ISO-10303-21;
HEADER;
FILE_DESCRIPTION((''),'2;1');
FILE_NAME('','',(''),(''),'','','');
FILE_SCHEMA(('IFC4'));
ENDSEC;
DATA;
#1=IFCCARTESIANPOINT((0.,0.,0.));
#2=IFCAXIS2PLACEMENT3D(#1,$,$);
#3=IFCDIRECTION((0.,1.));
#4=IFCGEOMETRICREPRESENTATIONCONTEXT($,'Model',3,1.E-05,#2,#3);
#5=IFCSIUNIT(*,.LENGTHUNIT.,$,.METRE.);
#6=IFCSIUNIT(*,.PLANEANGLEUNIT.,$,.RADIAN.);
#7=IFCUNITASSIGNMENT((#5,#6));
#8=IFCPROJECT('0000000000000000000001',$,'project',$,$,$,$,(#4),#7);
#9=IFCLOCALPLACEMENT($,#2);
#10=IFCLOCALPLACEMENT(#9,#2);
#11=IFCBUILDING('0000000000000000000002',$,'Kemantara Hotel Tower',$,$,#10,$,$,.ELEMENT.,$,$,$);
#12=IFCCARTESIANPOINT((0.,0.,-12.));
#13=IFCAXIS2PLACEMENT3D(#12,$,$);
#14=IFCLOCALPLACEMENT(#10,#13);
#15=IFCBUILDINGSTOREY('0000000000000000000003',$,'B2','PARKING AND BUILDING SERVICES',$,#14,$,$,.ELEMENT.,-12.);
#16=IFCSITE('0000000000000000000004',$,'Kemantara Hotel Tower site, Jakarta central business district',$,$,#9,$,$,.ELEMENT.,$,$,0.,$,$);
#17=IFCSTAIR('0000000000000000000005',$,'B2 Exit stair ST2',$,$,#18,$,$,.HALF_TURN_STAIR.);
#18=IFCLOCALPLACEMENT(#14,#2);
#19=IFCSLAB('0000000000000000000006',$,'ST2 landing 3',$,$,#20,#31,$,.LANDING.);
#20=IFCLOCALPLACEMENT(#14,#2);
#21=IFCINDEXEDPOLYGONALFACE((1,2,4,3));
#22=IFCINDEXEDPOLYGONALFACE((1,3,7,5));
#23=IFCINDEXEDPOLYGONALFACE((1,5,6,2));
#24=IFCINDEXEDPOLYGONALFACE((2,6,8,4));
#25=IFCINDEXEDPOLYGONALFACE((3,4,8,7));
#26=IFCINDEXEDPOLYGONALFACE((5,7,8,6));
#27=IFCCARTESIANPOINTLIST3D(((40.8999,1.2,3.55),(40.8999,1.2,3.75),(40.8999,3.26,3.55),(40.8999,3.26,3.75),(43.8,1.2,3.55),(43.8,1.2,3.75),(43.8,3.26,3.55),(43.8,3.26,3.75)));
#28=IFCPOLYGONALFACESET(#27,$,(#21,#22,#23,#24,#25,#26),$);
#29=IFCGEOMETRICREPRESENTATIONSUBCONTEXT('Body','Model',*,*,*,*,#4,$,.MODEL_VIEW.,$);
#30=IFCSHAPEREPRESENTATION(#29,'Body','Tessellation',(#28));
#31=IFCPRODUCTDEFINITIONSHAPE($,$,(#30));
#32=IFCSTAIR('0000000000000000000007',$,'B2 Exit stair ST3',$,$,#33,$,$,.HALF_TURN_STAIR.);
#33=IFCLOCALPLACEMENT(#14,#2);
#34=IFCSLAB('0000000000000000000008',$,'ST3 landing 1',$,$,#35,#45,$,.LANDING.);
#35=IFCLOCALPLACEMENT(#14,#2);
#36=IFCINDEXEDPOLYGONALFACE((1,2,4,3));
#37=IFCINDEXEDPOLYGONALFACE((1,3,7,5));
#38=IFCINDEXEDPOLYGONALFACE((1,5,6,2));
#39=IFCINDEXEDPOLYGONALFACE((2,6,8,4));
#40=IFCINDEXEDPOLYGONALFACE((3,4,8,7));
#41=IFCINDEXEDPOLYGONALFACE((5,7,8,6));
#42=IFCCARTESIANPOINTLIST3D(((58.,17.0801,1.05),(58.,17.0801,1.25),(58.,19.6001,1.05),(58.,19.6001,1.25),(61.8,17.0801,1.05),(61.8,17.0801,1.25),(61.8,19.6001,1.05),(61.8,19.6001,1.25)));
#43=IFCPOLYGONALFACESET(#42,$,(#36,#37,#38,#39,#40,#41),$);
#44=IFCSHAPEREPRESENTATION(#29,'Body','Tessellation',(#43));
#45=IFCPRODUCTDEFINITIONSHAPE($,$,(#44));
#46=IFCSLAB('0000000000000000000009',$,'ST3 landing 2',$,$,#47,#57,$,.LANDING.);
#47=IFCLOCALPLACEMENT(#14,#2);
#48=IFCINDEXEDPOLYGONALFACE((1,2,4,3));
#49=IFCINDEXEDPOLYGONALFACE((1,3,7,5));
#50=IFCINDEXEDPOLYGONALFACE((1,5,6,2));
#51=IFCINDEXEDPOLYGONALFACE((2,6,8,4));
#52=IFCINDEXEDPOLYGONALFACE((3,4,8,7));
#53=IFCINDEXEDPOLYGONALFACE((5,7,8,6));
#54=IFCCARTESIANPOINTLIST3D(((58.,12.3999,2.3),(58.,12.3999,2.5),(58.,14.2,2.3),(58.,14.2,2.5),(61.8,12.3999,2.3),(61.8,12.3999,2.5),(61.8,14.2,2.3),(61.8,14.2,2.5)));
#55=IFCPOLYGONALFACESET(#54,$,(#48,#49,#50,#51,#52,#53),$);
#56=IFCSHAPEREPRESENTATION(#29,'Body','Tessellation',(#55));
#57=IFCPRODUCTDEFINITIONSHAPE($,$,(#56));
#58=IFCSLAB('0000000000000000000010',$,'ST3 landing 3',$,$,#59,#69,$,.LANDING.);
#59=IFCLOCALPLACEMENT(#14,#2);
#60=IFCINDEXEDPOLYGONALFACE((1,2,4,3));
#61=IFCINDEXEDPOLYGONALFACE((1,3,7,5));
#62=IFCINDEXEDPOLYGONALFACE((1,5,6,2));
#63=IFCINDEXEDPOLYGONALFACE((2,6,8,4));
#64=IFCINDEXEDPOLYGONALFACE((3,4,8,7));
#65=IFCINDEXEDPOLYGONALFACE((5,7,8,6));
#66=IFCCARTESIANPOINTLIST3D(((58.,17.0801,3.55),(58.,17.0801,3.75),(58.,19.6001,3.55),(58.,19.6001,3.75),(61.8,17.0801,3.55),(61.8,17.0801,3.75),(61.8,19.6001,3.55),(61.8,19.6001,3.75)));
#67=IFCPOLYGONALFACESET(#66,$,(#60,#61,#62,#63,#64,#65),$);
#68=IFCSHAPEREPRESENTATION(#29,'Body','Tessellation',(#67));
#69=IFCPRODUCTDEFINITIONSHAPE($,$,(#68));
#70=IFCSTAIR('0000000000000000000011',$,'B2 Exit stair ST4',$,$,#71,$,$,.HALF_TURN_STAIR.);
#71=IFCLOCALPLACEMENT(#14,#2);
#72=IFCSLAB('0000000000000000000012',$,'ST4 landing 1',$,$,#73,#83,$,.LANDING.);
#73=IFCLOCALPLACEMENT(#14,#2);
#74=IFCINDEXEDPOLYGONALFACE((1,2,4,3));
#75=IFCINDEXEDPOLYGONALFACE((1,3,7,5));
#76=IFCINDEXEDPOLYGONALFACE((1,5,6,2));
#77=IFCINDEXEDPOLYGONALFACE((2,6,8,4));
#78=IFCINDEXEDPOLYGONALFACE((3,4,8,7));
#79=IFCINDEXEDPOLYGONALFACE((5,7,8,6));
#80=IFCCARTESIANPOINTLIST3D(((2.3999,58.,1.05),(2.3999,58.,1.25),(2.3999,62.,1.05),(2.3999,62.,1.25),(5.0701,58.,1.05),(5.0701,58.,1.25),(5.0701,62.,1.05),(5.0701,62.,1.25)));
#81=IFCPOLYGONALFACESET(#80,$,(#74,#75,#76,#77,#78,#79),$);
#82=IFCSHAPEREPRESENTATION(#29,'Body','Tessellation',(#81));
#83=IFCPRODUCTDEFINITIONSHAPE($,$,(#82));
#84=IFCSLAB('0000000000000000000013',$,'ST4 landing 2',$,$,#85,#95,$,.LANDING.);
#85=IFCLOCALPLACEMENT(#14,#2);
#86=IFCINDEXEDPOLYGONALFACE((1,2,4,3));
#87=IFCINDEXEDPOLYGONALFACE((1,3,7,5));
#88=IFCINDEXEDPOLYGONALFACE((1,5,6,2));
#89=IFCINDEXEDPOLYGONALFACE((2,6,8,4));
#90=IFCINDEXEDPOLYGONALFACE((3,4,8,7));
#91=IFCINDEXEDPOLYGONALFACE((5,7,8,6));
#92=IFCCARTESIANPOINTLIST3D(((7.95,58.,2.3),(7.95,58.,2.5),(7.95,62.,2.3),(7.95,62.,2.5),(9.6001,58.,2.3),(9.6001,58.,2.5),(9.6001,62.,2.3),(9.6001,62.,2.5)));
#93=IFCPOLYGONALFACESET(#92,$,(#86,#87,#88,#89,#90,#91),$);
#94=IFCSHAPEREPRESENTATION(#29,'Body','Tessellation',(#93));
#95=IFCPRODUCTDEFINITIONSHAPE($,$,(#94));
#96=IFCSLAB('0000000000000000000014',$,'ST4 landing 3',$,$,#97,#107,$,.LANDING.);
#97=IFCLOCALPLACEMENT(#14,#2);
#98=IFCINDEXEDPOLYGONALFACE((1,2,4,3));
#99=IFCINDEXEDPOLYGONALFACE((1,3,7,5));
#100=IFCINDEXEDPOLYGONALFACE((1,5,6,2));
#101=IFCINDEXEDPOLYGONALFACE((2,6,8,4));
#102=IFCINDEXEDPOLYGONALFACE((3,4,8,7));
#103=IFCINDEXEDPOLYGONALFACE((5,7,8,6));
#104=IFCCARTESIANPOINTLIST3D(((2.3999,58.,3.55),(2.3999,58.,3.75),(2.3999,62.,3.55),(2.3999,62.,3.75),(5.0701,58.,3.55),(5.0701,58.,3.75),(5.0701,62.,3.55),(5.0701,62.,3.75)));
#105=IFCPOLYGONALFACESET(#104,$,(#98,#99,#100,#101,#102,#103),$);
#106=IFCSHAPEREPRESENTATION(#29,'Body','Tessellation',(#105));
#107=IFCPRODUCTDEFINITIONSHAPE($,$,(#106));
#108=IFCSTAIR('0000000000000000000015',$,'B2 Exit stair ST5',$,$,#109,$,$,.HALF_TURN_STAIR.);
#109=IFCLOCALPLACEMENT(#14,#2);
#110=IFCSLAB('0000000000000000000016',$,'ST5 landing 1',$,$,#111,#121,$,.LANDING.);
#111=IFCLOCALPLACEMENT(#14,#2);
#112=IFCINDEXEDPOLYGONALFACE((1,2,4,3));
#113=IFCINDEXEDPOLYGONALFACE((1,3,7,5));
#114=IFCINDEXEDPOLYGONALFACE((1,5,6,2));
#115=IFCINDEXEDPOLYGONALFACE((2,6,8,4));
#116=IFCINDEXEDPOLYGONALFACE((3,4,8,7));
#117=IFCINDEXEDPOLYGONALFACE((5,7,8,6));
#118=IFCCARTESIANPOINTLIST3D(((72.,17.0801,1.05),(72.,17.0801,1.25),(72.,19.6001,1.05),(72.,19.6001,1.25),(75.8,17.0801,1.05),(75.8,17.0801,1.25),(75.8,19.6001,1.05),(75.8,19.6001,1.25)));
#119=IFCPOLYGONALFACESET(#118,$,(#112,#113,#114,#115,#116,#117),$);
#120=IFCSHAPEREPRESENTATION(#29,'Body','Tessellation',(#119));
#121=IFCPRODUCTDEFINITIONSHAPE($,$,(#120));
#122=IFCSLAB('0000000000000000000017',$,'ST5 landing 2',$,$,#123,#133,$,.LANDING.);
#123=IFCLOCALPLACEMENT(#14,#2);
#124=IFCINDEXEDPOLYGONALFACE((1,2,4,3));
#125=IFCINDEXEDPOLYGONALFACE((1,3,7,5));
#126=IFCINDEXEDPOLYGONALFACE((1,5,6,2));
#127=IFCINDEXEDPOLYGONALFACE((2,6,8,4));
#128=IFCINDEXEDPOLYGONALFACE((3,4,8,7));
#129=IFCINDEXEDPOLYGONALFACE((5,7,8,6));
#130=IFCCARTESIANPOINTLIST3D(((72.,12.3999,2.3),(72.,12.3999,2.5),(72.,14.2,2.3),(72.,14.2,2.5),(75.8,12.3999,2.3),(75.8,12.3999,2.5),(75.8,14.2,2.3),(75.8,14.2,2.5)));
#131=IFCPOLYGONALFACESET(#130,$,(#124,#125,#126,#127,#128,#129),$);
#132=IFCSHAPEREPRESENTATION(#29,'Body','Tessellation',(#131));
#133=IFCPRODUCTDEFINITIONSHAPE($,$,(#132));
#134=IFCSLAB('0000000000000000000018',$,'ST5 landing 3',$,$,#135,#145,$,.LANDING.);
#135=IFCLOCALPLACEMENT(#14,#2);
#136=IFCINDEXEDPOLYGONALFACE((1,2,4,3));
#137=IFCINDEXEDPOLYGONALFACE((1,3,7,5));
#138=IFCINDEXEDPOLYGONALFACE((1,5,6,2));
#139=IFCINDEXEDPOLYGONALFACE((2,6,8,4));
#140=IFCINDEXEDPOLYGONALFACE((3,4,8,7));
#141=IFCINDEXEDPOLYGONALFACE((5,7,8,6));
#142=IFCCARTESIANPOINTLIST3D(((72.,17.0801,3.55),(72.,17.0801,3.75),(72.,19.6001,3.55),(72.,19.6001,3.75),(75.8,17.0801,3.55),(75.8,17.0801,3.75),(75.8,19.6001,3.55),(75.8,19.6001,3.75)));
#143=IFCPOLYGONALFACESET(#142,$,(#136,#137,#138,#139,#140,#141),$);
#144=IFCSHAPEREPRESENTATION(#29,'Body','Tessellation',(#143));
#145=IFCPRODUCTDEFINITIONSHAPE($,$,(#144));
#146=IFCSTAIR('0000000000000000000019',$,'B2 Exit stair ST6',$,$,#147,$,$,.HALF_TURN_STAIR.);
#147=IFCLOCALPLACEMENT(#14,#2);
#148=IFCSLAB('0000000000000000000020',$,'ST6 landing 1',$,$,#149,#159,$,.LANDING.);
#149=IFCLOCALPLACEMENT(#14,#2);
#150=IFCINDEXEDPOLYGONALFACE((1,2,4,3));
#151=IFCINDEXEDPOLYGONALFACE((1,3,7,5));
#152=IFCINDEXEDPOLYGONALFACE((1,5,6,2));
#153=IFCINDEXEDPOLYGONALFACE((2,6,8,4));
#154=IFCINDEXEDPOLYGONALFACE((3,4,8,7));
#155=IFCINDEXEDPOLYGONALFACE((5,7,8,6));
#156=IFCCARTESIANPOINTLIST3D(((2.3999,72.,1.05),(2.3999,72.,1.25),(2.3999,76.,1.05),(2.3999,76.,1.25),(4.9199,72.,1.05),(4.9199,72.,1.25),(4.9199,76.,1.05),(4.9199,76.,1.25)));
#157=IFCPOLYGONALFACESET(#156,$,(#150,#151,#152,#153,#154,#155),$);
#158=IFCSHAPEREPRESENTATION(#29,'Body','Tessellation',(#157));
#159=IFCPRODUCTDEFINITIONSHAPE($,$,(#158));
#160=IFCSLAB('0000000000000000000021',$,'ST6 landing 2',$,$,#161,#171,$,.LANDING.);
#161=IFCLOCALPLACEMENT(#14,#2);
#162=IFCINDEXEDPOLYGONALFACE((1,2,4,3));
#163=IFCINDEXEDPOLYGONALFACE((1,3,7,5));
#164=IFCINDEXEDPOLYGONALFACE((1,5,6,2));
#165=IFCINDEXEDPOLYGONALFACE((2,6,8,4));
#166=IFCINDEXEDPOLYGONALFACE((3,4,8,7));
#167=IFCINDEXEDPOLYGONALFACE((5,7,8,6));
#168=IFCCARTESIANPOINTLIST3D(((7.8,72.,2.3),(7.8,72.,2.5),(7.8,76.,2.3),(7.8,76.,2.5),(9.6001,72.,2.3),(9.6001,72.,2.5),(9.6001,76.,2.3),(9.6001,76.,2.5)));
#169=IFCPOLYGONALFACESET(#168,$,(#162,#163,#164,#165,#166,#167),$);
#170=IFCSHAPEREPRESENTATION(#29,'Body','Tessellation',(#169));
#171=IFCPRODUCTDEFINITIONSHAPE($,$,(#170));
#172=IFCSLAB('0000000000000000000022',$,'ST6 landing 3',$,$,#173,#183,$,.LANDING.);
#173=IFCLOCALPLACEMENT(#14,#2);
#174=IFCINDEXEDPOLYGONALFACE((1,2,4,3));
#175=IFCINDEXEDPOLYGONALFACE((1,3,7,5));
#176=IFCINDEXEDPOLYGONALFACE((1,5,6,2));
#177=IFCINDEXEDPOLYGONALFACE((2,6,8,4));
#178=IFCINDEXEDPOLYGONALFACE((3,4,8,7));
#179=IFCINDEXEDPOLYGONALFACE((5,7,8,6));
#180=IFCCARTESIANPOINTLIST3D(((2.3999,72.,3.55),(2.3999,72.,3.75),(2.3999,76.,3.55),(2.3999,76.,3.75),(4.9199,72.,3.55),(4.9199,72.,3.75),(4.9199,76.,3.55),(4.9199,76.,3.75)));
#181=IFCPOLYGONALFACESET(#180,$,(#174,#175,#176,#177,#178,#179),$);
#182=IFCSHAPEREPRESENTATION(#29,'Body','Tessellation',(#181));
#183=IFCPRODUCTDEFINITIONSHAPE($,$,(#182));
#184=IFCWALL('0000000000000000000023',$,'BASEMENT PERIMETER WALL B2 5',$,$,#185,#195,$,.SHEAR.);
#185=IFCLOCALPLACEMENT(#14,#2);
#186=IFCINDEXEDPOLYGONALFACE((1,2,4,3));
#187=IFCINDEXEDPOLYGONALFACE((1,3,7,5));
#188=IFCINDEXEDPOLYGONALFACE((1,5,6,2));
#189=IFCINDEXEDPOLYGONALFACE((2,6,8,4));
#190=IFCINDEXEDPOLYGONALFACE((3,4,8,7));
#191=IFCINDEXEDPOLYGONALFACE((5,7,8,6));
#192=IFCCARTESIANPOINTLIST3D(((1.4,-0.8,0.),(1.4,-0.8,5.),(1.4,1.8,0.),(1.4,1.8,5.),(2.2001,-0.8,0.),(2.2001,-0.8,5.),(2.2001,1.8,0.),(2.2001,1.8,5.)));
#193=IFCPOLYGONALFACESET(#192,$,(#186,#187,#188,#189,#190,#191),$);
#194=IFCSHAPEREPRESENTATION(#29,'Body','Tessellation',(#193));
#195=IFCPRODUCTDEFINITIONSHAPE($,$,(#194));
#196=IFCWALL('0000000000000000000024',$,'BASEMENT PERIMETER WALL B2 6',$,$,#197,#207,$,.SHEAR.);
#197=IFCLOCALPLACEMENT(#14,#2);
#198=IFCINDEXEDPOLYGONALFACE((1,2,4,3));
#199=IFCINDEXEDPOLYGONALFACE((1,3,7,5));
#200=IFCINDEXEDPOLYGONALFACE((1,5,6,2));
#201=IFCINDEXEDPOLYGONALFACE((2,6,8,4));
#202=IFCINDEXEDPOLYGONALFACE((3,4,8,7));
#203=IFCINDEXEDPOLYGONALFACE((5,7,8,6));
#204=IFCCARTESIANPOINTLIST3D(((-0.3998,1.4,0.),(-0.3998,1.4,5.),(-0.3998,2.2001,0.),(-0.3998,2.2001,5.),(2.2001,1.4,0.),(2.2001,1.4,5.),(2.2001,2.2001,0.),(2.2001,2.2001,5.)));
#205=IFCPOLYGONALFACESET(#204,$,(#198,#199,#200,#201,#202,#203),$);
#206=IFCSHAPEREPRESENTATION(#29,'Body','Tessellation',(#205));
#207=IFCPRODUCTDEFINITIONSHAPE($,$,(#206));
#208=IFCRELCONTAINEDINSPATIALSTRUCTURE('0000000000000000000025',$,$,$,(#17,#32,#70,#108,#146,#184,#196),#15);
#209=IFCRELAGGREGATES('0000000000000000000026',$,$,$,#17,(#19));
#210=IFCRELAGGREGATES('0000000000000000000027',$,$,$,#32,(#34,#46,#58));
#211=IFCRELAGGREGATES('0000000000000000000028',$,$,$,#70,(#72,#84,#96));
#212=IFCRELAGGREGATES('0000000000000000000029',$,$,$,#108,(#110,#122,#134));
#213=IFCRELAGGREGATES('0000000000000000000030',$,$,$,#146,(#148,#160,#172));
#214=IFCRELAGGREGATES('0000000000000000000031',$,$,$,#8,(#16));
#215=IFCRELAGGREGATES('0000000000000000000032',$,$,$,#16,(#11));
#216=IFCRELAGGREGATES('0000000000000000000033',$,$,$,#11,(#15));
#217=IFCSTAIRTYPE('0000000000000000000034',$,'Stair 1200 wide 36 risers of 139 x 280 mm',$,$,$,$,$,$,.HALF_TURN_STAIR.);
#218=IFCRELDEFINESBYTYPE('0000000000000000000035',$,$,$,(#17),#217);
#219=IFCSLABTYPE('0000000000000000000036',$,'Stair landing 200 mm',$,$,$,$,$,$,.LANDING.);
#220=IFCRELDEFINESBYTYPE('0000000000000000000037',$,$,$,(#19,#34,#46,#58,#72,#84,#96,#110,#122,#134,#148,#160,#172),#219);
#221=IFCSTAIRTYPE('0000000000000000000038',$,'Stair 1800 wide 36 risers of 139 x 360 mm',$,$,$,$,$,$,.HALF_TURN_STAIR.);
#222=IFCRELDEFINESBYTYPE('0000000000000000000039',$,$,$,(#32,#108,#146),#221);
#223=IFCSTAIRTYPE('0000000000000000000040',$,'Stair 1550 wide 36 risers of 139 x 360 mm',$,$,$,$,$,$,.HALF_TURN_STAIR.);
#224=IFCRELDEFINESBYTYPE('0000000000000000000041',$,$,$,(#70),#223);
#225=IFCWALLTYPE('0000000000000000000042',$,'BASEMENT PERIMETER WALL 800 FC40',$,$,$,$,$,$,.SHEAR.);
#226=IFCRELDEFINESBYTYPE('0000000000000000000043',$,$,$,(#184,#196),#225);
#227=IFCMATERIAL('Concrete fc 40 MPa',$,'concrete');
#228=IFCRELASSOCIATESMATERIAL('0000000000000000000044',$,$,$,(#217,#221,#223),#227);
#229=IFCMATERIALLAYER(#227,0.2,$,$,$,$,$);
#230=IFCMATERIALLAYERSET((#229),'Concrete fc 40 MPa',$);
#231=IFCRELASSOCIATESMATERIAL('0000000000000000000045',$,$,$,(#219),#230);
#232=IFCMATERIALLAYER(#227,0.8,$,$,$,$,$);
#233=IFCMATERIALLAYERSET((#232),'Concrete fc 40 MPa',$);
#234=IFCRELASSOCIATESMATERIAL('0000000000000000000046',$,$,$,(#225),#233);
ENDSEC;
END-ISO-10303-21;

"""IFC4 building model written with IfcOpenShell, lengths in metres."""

from ifc_helpers import new_model, si_unit, direction, frame, frame_2d, origin, place, context, subcontext, project, spatial, polyline, rectangle, outline, extrude, material, layer, layer_set, type_object, element, aggregate, save


model = new_model("IFC4")

# Units and contexts
model_context = context("Model", 3, precision=1e-05, world=origin(), true_north=direction((0.0, 1.0)))
body_context = subcontext(model_context, "Body", "Model", "MODEL_VIEW")
ifc_project = project(units=[si_unit("LENGTHUNIT", "METRE"), si_unit("PLANEANGLEUNIT", "RADIAN")], contexts=[model_context])

# Site, building, storey
site_placement = place(None, origin())
site = spatial("IfcSite", under=ifc_project, at=site_placement, Name="Kemantara Hotel Tower site, Jakarta central business district", CompositionType="ELEMENT", RefElevation=0.0)
building_placement = place(site_placement, origin())
building = spatial("IfcBuilding", under=site, at=building_placement, Name="Kemantara Hotel Tower", CompositionType="ELEMENT")
storey_placement = place(building_placement, frame((0.0, 0.0, -12.0)))
storey = spatial("IfcBuildingStorey", under=building, at=storey_placement, Name="B2", Description="PARKING AND BUILDING SERVICES", CompositionType="ELEMENT", Elevation=-12.0)

# Shared definitions
ifc_material_1 = material(Name="Concrete fc 40 MPa", Category="concrete")

# Stairs, slabs
stair_type_1 = type_object("IfcStairType", Name="Stair 1200 wide 36 risers of 139 x 280 mm", PredefinedType="HALF_TURN_STAIR", material=ifc_material_1)
ifc_layer_1 = layer(ifc_material_1, 0.2)
ifc_layer_set_1 = layer_set([ifc_layer_1], Name="Concrete fc 40 MPa")
slab_type_1 = type_object("IfcSlabType", Name="Stair landing 200 mm", PredefinedType="LANDING", material=ifc_layer_set_1)
stair_1_placement = place(storey_placement, origin())
stair_1 = element("IfcStair", 1, at=stair_1_placement, inside=storey, type_object=stair_type_1, Name="B2 Exit stair ST2", PredefinedType="HALF_TURN_STAIR")
slab_1_placement = place(storey_placement, frame((0.0, 0.0, 3.55)))
slab_1 = element("IfcSlab", 2, at=slab_1_placement, type_object=slab_type_1, Name="ST2 landing 3", PredefinedType="LANDING", context=body_context, shape_type="SweptSolid", body=[
    extrude(outline(polyline([(40.8999, 3.26), (40.8999, 1.2), (43.8, 1.2), (43.8, 3.26), (40.8999, 3.26)])), origin(), (0.0, 0.0, 1.0), 0.2),
])
aggregate(stair_1, [slab_1])
stair_type_2 = type_object("IfcStairType", Name="Stair 1800 wide 36 risers of 139 x 360 mm", PredefinedType="HALF_TURN_STAIR", material=ifc_material_1)
stair_2_placement = place(storey_placement, origin())
stair_2 = element("IfcStair", 3, at=stair_2_placement, inside=storey, type_object=stair_type_2, Name="B2 Exit stair ST3", PredefinedType="HALF_TURN_STAIR")
slab_2_placement = place(storey_placement, frame((0.0, 0.0, 1.05)))
slab_2 = element("IfcSlab", 4, at=slab_2_placement, type_object=slab_type_1, Name="ST3 landing 1", PredefinedType="LANDING", context=body_context, shape_type="SweptSolid", body=[
    extrude(outline(polyline([(61.8, 17.0801), (61.8, 19.6001), (58.0, 19.6001), (58.0, 17.0801), (61.8, 17.0801)])), origin(), (0.0, 0.0, 1.0), 0.2),
])
slab_3_placement = place(storey_placement, frame((0.0, 0.0, 2.3)))
slab_3 = element("IfcSlab", 5, at=slab_3_placement, type_object=slab_type_1, Name="ST3 landing 2", PredefinedType="LANDING", context=body_context, shape_type="SweptSolid", body=[
    extrude(outline(polyline([(61.8, 12.3999), (61.8, 14.2), (58.0, 14.2), (58.0, 12.3999), (61.8, 12.3999)])), origin(), (0.0, 0.0, 1.0), 0.2),
])
slab_4_placement = place(storey_placement, frame((0.0, 0.0, 3.55)))
slab_4 = element("IfcSlab", 6, at=slab_4_placement, type_object=slab_type_1, Name="ST3 landing 3", PredefinedType="LANDING", context=body_context, shape_type="SweptSolid", body=[
    extrude(outline(polyline([(61.8, 17.0801), (61.8, 19.6001), (58.0, 19.6001), (58.0, 17.0801), (61.8, 17.0801)])), origin(), (0.0, 0.0, 1.0), 0.2),
])
aggregate(stair_2, [slab_2, slab_3, slab_4])
stair_type_3 = type_object("IfcStairType", Name="Stair 1550 wide 36 risers of 139 x 360 mm", PredefinedType="HALF_TURN_STAIR", material=ifc_material_1)
stair_3_placement = place(storey_placement, origin())
stair_3 = element("IfcStair", 7, at=stair_3_placement, inside=storey, type_object=stair_type_3, Name="B2 Exit stair ST4", PredefinedType="HALF_TURN_STAIR")
slab_5_placement = place(storey_placement, frame((0.0, 0.0, 1.05)))
slab_5 = element("IfcSlab", 8, at=slab_5_placement, type_object=slab_type_1, Name="ST4 landing 1", PredefinedType="LANDING", context=body_context, shape_type="SweptSolid", body=[
    extrude(outline(polyline([(5.0701, 62.0), (2.3999, 62.0), (2.3999, 58.0), (5.0701, 58.0), (5.0701, 62.0)])), origin(), (0.0, 0.0, 1.0), 0.2),
])
slab_6_placement = place(storey_placement, frame((0.0, 0.0, 2.3)))
slab_6 = element("IfcSlab", 9, at=slab_6_placement, type_object=slab_type_1, Name="ST4 landing 2", PredefinedType="LANDING", context=body_context, shape_type="SweptSolid", body=[
    extrude(outline(polyline([(9.6001, 62.0), (7.95, 62.0), (7.95, 58.0), (9.6001, 58.0), (9.6001, 62.0)])), origin(), (0.0, 0.0, 1.0), 0.2),
])
slab_7_placement = place(storey_placement, frame((0.0, 0.0, 3.55)))
slab_7 = element("IfcSlab", 10, at=slab_7_placement, type_object=slab_type_1, Name="ST4 landing 3", PredefinedType="LANDING", context=body_context, shape_type="SweptSolid", body=[
    extrude(outline(polyline([(5.0701, 62.0), (2.3999, 62.0), (2.3999, 58.0), (5.0701, 58.0), (5.0701, 62.0)])), origin(), (0.0, 0.0, 1.0), 0.2),
])
aggregate(stair_3, [slab_5, slab_6, slab_7])
stair_4_placement = place(storey_placement, origin())
stair_4 = element("IfcStair", 11, at=stair_4_placement, inside=storey, type_object=stair_type_2, Name="B2 Exit stair ST5", PredefinedType="HALF_TURN_STAIR")
slab_8_placement = place(storey_placement, frame((0.0, 0.0, 1.05)))
slab_8 = element("IfcSlab", 12, at=slab_8_placement, type_object=slab_type_1, Name="ST5 landing 1", PredefinedType="LANDING", context=body_context, shape_type="SweptSolid", body=[
    extrude(outline(polyline([(75.8, 17.0801), (75.8, 19.6001), (72.0, 19.6001), (72.0, 17.0801), (75.8, 17.0801)])), origin(), (0.0, 0.0, 1.0), 0.2),
])
slab_9_placement = place(storey_placement, frame((0.0, 0.0, 2.3)))
slab_9 = element("IfcSlab", 13, at=slab_9_placement, type_object=slab_type_1, Name="ST5 landing 2", PredefinedType="LANDING", context=body_context, shape_type="SweptSolid", body=[
    extrude(outline(polyline([(75.8, 12.3999), (75.8, 14.2), (72.0, 14.2), (72.0, 12.3999), (75.8, 12.3999)])), origin(), (0.0, 0.0, 1.0), 0.2),
])
slab_10_placement = place(storey_placement, frame((0.0, 0.0, 3.55)))
slab_10 = element("IfcSlab", 14, at=slab_10_placement, type_object=slab_type_1, Name="ST5 landing 3", PredefinedType="LANDING", context=body_context, shape_type="SweptSolid", body=[
    extrude(outline(polyline([(75.8, 17.0801), (75.8, 19.6001), (72.0, 19.6001), (72.0, 17.0801), (75.8, 17.0801)])), origin(), (0.0, 0.0, 1.0), 0.2),
])
aggregate(stair_4, [slab_8, slab_9, slab_10])
stair_5_placement = place(storey_placement, origin())
stair_5 = element("IfcStair", 15, at=stair_5_placement, inside=storey, type_object=stair_type_2, Name="B2 Exit stair ST6", PredefinedType="HALF_TURN_STAIR")
slab_11_placement = place(storey_placement, frame((0.0, 0.0, 1.05)))
slab_11 = element("IfcSlab", 16, at=slab_11_placement, type_object=slab_type_1, Name="ST6 landing 1", PredefinedType="LANDING", context=body_context, shape_type="SweptSolid", body=[
    extrude(outline(polyline([(4.9199, 76.0), (2.3999, 76.0), (2.3999, 72.0), (4.9199, 72.0), (4.9199, 76.0)])), origin(), (0.0, 0.0, 1.0), 0.2),
])
slab_12_placement = place(storey_placement, frame((0.0, 0.0, 2.3)))
slab_12 = element("IfcSlab", 17, at=slab_12_placement, type_object=slab_type_1, Name="ST6 landing 2", PredefinedType="LANDING", context=body_context, shape_type="SweptSolid", body=[
    extrude(outline(polyline([(9.6001, 76.0), (7.8, 76.0), (7.8, 72.0), (9.6001, 72.0), (9.6001, 76.0)])), origin(), (0.0, 0.0, 1.0), 0.2),
])
slab_13_placement = place(storey_placement, frame((0.0, 0.0, 3.55)))
slab_13 = element("IfcSlab", 18, at=slab_13_placement, type_object=slab_type_1, Name="ST6 landing 3", PredefinedType="LANDING", context=body_context, shape_type="SweptSolid", body=[
    extrude(outline(polyline([(4.9199, 76.0), (2.3999, 76.0), (2.3999, 72.0), (4.9199, 72.0), (4.9199, 76.0)])), origin(), (0.0, 0.0, 1.0), 0.2),
])
aggregate(stair_5, [slab_11, slab_12, slab_13])

# Walls
ifc_layer_2 = layer(ifc_material_1, 0.8)
ifc_layer_set_2 = layer_set([ifc_layer_2], Name="Concrete fc 40 MPa")
wall_type_1 = type_object("IfcWallType", Name="BASEMENT PERIMETER WALL 800 FC40", PredefinedType="SHEAR", material=ifc_layer_set_2)
wall_1_placement = place(storey_placement, frame((1.8, -0.8, 0.0), z_axis=(0.0, 0.0, 1.0), x_axis=(0.0, 1.0, 0.0)))
element("IfcWall", 19, at=wall_1_placement, inside=storey, type_object=wall_type_1, Name="BASEMENT PERIMETER WALL B2 5", PredefinedType="SHEAR", context=body_context, shape_type="SweptSolid", body=[
    extrude(rectangle(XDim=2.6001, YDim=0.8, at=frame_2d((1.3, 0.0))), origin(), (0.0, 0.0, 1.0), 5.0),
])
wall_2_placement = place(storey_placement, frame((2.2, 1.8, 0.0), z_axis=(0.0, 0.0, 1.0), x_axis=(-1.0, 0.0, 0.0)))
element("IfcWall", 20, at=wall_2_placement, inside=storey, type_object=wall_type_1, Name="BASEMENT PERIMETER WALL B2 6", PredefinedType="SHEAR", context=body_context, shape_type="SweptSolid", body=[
    extrude(rectangle(XDim=2.5999, YDim=0.8, at=frame_2d((1.2998, 0.0))), origin(), (0.0, 0.0, 1.0), 5.0),
])

save(model, "model.ifc")
